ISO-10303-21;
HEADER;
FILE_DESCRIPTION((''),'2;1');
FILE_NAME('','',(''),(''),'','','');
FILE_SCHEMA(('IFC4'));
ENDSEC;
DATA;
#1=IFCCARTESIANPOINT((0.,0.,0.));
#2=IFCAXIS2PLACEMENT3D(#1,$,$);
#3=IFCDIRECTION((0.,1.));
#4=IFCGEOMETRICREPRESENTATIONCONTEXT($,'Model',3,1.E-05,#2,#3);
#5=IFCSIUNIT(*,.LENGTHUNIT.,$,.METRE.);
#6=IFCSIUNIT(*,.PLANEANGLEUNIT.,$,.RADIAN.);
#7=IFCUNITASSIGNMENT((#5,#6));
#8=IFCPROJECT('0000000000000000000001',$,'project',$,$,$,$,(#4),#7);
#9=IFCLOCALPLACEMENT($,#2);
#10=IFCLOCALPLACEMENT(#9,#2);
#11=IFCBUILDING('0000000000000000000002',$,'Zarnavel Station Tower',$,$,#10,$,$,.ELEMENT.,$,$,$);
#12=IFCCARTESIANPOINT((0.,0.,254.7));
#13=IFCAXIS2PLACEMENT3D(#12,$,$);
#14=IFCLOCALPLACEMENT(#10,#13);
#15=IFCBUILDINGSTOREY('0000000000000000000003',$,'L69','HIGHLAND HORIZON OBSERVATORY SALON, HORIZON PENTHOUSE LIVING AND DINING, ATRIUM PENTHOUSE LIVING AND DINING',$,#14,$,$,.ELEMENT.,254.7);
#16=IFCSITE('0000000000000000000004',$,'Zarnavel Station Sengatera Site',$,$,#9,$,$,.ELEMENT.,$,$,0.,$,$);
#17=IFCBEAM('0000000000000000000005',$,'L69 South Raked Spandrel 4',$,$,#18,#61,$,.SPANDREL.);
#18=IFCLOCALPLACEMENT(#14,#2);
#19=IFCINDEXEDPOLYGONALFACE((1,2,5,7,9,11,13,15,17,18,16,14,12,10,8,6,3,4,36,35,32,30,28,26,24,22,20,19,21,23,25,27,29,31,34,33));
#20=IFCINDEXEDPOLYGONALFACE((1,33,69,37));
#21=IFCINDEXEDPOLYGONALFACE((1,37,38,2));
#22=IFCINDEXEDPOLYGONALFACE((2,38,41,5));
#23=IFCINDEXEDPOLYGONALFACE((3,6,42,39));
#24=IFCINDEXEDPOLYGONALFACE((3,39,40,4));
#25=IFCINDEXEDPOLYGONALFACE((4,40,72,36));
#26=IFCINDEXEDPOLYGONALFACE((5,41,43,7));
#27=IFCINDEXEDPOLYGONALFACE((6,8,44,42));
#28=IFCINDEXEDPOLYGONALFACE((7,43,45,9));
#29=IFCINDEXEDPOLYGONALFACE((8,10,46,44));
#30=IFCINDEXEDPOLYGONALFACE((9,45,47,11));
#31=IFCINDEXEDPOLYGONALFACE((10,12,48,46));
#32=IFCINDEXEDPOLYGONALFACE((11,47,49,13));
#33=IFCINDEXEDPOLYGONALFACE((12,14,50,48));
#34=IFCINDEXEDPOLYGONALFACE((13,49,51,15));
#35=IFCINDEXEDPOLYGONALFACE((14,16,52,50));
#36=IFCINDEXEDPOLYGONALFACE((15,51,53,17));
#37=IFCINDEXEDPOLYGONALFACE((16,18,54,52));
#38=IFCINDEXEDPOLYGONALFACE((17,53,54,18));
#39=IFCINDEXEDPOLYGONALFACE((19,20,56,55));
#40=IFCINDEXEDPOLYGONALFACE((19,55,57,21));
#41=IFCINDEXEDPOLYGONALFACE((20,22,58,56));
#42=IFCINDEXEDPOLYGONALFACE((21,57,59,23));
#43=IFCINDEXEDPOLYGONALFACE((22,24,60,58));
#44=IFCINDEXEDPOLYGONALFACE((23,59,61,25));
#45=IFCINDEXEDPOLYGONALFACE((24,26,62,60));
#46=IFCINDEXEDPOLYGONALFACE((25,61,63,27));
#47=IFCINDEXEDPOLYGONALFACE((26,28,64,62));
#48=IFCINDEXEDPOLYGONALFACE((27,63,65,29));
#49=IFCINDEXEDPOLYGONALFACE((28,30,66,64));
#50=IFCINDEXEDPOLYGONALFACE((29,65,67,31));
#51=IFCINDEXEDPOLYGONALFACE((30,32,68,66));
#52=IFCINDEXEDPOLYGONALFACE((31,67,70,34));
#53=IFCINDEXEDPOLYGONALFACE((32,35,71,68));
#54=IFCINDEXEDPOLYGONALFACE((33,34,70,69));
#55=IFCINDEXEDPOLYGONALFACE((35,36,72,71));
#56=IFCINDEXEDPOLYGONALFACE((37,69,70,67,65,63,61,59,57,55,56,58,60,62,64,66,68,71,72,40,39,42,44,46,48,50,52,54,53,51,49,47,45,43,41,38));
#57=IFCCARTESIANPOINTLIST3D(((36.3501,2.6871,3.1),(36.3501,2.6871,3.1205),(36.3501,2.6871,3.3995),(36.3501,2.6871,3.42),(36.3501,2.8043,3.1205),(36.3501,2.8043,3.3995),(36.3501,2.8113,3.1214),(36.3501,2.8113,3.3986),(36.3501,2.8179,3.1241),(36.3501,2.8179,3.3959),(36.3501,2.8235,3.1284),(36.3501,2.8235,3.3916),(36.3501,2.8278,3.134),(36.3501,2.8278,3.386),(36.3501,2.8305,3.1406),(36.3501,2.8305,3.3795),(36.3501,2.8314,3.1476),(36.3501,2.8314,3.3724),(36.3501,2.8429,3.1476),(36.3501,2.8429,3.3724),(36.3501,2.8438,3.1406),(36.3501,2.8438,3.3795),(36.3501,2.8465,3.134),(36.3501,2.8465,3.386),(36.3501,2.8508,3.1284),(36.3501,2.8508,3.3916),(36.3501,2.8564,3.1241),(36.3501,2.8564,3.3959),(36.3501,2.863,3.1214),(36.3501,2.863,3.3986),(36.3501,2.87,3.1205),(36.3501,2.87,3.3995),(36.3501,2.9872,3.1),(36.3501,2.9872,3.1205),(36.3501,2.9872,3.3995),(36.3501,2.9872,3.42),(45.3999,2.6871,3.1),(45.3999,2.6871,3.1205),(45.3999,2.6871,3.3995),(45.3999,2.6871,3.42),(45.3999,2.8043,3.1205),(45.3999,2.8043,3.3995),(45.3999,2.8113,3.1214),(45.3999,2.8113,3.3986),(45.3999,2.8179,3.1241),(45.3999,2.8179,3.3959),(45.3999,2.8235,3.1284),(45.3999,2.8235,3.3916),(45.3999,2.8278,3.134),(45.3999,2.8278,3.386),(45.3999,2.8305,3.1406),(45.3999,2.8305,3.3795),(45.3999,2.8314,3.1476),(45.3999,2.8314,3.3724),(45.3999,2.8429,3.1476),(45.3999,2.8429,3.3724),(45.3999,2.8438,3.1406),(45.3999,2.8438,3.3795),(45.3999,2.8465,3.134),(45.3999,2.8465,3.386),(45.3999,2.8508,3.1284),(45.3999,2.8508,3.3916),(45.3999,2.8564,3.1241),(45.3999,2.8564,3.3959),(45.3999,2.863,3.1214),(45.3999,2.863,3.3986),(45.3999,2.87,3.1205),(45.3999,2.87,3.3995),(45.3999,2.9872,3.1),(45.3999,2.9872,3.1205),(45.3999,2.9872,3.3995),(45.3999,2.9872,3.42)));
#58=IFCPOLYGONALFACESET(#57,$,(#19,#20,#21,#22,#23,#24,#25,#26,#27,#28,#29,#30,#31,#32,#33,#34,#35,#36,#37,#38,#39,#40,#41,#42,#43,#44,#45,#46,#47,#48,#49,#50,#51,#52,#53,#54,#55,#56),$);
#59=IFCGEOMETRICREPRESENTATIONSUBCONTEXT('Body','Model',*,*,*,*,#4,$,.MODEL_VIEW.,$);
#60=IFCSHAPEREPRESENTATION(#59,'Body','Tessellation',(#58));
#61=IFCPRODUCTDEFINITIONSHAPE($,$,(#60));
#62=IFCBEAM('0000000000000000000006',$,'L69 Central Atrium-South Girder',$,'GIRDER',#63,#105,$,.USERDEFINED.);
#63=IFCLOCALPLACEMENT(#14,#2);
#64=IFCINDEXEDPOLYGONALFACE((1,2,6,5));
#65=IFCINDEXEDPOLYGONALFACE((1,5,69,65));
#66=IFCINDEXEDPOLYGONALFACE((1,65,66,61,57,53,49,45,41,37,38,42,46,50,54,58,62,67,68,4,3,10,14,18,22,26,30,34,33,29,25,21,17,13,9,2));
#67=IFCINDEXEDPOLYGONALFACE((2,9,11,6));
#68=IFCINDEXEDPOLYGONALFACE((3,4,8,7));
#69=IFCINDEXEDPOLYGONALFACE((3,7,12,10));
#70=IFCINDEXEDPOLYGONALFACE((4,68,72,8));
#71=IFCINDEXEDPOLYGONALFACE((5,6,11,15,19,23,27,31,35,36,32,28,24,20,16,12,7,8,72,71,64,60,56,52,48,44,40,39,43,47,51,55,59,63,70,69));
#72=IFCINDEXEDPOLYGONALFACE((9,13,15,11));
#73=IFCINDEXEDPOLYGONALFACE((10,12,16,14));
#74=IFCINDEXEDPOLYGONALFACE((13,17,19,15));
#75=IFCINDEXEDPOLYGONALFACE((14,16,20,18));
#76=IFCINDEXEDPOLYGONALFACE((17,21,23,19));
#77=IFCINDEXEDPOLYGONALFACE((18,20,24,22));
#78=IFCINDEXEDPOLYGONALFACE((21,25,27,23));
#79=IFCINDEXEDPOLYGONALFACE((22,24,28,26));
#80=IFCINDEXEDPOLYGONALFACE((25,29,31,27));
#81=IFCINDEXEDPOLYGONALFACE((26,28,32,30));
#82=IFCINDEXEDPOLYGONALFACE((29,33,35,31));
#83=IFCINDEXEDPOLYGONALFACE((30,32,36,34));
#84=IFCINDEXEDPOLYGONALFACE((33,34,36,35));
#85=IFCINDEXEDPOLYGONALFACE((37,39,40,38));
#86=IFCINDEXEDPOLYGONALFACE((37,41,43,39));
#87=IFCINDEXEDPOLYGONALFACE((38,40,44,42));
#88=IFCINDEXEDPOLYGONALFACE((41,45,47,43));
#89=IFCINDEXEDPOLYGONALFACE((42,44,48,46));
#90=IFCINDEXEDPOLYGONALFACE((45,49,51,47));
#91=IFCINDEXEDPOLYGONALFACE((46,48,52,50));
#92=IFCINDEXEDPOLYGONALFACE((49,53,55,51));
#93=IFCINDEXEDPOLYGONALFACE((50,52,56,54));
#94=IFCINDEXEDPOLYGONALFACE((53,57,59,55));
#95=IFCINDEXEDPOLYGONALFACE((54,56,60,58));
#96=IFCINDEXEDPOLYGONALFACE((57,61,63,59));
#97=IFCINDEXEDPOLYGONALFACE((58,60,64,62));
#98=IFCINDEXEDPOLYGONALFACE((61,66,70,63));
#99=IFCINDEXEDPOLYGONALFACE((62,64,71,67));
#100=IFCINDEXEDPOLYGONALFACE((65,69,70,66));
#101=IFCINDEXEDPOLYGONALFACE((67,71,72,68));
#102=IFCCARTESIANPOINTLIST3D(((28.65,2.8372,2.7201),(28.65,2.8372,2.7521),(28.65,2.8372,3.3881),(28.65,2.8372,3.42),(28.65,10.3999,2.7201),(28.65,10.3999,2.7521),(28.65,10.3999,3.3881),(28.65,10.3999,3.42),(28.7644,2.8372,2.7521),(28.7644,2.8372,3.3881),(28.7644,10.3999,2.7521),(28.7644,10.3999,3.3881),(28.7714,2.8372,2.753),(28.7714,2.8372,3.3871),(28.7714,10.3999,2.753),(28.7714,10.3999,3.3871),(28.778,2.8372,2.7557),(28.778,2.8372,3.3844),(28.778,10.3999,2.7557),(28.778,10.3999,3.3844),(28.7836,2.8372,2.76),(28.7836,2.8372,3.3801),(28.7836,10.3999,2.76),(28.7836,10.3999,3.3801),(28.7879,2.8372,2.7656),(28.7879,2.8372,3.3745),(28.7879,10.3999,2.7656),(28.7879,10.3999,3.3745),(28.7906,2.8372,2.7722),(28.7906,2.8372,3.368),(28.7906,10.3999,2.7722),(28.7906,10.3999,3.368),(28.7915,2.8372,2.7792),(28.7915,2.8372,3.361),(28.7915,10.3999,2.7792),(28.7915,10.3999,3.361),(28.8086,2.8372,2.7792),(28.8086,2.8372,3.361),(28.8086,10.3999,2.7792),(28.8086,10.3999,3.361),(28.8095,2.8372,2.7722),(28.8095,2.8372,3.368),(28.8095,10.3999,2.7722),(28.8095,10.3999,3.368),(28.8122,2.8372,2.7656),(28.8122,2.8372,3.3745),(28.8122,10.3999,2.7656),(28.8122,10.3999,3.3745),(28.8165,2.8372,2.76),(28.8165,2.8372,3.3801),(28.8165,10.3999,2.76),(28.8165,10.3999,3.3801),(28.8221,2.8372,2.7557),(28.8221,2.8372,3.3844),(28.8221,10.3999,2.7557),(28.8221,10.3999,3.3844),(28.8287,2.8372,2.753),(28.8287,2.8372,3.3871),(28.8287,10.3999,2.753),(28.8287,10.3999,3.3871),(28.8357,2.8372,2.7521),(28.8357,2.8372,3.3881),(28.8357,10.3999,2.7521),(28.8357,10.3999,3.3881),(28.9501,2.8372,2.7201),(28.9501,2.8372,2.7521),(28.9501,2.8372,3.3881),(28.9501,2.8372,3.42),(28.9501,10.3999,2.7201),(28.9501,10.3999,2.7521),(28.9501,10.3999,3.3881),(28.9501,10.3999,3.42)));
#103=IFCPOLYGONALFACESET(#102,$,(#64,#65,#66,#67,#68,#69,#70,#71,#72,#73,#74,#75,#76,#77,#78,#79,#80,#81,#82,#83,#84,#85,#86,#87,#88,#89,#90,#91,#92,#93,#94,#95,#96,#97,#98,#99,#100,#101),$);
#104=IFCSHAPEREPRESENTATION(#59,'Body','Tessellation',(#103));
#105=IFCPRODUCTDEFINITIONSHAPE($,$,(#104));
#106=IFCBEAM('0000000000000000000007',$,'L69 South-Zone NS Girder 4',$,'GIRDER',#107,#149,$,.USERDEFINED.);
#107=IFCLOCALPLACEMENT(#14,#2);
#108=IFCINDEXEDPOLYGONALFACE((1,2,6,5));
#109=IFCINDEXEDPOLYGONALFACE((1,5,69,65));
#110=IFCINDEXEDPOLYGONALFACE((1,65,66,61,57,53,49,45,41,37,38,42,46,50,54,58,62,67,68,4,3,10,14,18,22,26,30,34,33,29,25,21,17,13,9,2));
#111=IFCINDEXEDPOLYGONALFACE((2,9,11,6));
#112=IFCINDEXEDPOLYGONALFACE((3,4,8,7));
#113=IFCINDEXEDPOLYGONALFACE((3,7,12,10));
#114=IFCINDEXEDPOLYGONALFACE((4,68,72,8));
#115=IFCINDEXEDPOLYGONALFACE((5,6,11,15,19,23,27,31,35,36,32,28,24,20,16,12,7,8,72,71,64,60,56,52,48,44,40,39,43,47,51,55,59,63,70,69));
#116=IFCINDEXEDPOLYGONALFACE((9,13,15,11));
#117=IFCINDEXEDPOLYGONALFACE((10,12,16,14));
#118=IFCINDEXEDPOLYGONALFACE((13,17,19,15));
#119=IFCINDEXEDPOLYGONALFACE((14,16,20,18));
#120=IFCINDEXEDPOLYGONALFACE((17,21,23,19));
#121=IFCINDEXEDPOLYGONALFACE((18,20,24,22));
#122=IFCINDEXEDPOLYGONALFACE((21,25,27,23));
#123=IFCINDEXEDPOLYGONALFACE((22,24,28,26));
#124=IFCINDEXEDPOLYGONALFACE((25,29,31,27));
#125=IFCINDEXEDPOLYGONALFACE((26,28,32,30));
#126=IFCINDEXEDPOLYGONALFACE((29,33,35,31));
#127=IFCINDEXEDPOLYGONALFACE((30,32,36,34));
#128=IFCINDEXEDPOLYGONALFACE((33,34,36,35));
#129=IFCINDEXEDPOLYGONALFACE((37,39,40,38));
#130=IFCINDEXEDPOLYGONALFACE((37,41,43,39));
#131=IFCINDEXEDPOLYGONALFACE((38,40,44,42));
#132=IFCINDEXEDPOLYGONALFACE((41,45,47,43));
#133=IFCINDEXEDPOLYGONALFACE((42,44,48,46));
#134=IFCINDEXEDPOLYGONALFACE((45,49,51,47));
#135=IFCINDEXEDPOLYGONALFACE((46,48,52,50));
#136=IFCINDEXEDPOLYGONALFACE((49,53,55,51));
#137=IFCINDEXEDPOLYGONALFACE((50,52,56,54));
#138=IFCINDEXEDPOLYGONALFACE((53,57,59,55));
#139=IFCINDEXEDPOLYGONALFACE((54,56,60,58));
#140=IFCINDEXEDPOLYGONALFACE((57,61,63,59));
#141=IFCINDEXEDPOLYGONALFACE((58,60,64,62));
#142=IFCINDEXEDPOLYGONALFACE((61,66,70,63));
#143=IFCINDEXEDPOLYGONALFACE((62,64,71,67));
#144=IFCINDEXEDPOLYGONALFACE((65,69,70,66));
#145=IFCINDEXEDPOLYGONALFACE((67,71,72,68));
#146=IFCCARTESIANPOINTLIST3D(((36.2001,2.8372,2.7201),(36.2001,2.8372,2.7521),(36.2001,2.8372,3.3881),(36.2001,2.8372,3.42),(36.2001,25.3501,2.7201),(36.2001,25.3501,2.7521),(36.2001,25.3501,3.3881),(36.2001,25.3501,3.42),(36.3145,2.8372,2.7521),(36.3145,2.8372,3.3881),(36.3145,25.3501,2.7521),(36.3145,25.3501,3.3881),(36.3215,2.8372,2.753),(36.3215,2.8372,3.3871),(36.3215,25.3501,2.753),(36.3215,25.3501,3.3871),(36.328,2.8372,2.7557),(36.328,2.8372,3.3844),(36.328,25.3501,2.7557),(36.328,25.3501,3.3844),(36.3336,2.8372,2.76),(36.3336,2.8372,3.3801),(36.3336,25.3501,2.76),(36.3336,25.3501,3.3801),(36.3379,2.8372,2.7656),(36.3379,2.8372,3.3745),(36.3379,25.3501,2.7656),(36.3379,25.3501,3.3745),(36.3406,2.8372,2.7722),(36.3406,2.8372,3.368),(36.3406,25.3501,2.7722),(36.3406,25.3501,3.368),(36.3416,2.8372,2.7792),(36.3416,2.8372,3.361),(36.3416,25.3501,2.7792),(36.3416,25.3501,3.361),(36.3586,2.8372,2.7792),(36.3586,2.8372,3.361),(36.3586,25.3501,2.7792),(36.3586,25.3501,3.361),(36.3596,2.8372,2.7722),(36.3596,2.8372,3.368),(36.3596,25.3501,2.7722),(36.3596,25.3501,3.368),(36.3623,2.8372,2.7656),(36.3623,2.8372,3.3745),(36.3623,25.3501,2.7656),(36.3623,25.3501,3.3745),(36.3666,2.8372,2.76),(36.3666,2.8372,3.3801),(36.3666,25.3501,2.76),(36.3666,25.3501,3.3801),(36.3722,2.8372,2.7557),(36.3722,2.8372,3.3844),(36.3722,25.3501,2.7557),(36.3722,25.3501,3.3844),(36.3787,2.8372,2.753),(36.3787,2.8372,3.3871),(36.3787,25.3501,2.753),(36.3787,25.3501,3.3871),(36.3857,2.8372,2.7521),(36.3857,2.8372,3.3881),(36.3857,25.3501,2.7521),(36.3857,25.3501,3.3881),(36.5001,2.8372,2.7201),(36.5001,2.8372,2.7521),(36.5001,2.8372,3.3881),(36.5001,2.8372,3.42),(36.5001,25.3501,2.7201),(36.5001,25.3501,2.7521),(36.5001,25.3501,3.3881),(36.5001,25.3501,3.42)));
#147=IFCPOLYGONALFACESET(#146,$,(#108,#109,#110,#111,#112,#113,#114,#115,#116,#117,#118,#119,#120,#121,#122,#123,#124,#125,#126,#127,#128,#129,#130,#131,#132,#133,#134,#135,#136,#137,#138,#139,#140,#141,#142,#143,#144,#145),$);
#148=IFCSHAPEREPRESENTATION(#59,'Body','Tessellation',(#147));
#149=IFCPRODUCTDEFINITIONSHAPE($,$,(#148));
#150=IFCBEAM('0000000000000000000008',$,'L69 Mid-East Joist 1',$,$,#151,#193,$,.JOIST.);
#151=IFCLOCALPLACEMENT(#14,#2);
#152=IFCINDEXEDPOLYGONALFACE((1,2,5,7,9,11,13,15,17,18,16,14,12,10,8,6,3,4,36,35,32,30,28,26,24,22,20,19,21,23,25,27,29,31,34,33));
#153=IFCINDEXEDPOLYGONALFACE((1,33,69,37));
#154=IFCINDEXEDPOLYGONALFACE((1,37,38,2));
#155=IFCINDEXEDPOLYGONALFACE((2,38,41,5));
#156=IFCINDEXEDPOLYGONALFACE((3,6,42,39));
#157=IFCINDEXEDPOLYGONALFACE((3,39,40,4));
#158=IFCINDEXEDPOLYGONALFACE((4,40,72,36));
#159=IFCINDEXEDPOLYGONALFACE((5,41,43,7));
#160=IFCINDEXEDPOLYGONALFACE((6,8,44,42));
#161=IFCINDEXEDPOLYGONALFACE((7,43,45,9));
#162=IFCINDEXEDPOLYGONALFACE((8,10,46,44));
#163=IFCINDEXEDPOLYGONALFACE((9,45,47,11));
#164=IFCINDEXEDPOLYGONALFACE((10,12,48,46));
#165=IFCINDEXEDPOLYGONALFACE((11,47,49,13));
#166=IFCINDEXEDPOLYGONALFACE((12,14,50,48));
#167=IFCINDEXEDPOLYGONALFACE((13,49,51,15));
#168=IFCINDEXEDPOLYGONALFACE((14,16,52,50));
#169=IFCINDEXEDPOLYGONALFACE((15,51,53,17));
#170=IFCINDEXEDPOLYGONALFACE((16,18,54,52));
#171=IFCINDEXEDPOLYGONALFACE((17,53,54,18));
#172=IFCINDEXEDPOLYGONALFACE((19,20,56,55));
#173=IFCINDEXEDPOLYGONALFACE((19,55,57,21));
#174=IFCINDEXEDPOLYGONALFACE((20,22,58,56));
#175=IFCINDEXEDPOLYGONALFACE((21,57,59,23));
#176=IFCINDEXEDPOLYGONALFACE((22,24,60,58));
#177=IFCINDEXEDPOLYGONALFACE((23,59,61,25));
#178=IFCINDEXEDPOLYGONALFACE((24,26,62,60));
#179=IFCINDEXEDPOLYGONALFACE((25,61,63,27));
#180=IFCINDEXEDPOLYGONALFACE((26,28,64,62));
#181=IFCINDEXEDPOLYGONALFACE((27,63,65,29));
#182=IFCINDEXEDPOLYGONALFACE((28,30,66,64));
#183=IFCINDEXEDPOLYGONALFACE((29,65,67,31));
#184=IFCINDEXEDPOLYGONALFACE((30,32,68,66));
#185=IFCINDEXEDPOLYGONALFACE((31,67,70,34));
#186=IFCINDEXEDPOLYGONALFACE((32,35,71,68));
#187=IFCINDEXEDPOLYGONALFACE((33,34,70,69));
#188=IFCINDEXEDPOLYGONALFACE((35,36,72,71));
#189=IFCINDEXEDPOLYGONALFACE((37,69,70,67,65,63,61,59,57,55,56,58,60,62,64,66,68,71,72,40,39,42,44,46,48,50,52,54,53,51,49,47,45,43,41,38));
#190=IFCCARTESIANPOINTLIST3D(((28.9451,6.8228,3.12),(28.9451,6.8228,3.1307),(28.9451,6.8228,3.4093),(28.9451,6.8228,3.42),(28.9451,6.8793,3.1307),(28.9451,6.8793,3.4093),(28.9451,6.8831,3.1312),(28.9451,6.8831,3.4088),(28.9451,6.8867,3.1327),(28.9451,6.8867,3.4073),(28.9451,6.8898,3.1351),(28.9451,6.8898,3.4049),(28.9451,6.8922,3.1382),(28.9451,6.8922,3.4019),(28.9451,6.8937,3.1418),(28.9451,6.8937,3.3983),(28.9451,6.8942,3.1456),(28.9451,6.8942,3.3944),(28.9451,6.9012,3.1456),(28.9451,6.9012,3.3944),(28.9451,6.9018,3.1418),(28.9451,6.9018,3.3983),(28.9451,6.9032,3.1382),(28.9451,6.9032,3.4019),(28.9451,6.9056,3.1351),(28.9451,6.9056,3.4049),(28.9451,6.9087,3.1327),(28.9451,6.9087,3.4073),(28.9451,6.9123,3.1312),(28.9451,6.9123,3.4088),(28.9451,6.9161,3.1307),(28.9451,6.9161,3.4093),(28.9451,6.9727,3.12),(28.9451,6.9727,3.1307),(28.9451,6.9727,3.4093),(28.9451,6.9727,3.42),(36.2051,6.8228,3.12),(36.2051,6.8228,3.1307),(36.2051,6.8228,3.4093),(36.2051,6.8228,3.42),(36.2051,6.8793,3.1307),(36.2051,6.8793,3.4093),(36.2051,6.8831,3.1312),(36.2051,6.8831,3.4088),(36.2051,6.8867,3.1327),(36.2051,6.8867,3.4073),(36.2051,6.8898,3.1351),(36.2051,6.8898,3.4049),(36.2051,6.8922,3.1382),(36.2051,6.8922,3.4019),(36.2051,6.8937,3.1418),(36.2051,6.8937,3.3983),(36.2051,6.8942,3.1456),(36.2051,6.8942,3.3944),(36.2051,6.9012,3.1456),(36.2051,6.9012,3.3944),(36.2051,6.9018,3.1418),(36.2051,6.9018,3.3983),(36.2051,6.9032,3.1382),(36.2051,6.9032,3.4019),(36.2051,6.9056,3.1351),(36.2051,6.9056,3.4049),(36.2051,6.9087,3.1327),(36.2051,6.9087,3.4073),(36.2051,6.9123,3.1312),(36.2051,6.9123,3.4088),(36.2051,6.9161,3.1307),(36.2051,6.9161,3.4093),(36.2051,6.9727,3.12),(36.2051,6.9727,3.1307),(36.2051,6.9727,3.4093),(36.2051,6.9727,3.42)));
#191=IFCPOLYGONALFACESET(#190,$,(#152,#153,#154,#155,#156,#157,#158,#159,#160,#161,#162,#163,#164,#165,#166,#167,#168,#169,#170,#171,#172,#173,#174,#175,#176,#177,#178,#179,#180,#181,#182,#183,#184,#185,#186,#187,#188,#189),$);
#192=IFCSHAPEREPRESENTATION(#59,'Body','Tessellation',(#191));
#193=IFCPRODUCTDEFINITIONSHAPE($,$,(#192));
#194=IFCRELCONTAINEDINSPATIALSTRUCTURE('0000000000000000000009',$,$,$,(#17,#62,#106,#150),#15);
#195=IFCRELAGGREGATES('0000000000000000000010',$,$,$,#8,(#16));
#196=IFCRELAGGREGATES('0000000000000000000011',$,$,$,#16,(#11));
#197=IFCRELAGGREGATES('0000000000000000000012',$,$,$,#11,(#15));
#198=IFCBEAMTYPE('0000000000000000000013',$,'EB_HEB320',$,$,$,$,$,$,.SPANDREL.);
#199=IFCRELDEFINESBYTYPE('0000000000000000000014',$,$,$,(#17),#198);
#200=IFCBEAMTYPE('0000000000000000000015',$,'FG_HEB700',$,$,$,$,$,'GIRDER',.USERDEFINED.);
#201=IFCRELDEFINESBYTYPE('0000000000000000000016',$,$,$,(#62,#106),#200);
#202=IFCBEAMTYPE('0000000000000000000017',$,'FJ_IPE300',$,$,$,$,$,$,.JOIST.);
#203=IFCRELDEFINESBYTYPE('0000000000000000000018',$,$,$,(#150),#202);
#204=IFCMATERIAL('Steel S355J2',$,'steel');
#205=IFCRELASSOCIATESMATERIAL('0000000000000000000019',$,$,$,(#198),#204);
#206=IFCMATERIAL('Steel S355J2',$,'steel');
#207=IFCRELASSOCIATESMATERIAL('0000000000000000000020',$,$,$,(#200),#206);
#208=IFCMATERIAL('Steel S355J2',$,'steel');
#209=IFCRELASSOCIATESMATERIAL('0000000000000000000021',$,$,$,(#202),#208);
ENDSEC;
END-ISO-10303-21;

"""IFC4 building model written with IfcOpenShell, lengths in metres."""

from ifc_helpers import new_model, si_unit, direction, frame, origin, origin_2d, place, context, subcontext, project, spatial, i_section, extrude, material, material_profile, profile_set, type_object, element, save


model = new_model("IFC4")

# Units and contexts
model_context = context("Model", 3, precision=1e-05, world=origin(), true_north=direction((0.0, 1.0)))
body_context = subcontext(model_context, "Body", "Model", "MODEL_VIEW")
ifc_project = project(units=[si_unit("LENGTHUNIT", "METRE"), si_unit("PLANEANGLEUNIT", "RADIAN")], contexts=[model_context])

# Site, building, storey
site_placement = place(None, origin())
site = spatial("IfcSite", under=ifc_project, at=site_placement, Name="Zarnavel Station Sengatera Site", CompositionType="ELEMENT", RefElevation=0.0)
building_placement = place(site_placement, origin())
building = spatial("IfcBuilding", under=site, at=building_placement, Name="Zarnavel Station Tower", CompositionType="ELEMENT")
storey_placement = place(building_placement, frame((0.0, 0.0, 254.7)))
storey = spatial("IfcBuildingStorey", under=building, at=storey_placement, Name="L69", Description="HIGHLAND HORIZON OBSERVATORY SALON, HORIZON PENTHOUSE LIVING AND DINING, ATRIUM PENTHOUSE LIVING AND DINING", CompositionType="ELEMENT", Elevation=254.7)

# Beams
ifc_material_1 = material(Name="Steel S355J2", Category="steel")
ifc_material_profile_1 = material_profile(ifc_material_1, i_section(OverallWidth=0.3, OverallDepth=0.3201, WebThickness=0.0115, FlangeThickness=0.0205, FilletRadius=0.0271, at=origin_2d()), Name="HEB320")
ifc_profile_set_1 = profile_set([ifc_material_profile_1], Name="Steel S355J2")
beam_type_1 = type_object("IfcBeamType", Name="EB_HEB320", PredefinedType="SPANDREL", material=ifc_profile_set_1)
beam_1_placement = place(storey_placement, frame((36.3501, 2.8372, 3.26), z_axis=(1.0, 0.0, 0.0), x_axis=(0.0, 1.0, 0.0)))
element("IfcBeam", 1, at=beam_1_placement, inside=storey, type_object=beam_type_1, Name="L69 South Raked Spandrel 4", PredefinedType="SPANDREL", context=body_context, shape_type="SweptSolid", body=[
    extrude(i_section(OverallWidth=0.3, OverallDepth=0.3201, WebThickness=0.0115, FlangeThickness=0.0205, FilletRadius=0.0271, at=origin_2d()), origin(), (0.0, 0.0, 1.0), 9.0498),
])
ifc_material_2 = material(Name="Steel S355J2", Category="steel")
ifc_material_profile_2 = material_profile(ifc_material_2, i_section(OverallWidth=0.3, OverallDepth=0.7, WebThickness=0.0171, FlangeThickness=0.032, FilletRadius=0.0271, at=origin_2d()), Name="HEB700")
ifc_profile_set_2 = profile_set([ifc_material_profile_2], Name="Steel S355J2")
beam_type_2 = type_object("IfcBeamType", Name="FG_HEB700", ElementType="GIRDER", PredefinedType="USERDEFINED", material=ifc_profile_set_2)
beam_2_placement = place(storey_placement, frame((28.8, 2.8372, 3.0701), z_axis=(0.0, 1.0, 0.0), x_axis=(-1.0, 0.0, 0.0)))
element("IfcBeam", 2, at=beam_2_placement, inside=storey, type_object=beam_type_2, Name="L69 Central Atrium-South Girder", ObjectType="GIRDER", PredefinedType="USERDEFINED", context=body_context, shape_type="SweptSolid", body=[
    extrude(i_section(OverallWidth=0.3, OverallDepth=0.7, WebThickness=0.0171, FlangeThickness=0.032, FilletRadius=0.0271, at=origin_2d()), origin(), (0.0, 0.0, 1.0), 7.5627),
])
beam_3_placement = place(storey_placement, frame((36.3501, 2.8372, 3.0701), z_axis=(0.0, 1.0, 0.0), x_axis=(-1.0, 0.0, 0.0)))
element("IfcBeam", 3, at=beam_3_placement, inside=storey, type_object=beam_type_2, Name="L69 South-Zone NS Girder 4", ObjectType="GIRDER", PredefinedType="USERDEFINED", context=body_context, shape_type="SweptSolid", body=[
    extrude(i_section(OverallWidth=0.3, OverallDepth=0.7, WebThickness=0.0171, FlangeThickness=0.032, FilletRadius=0.0271, at=origin_2d()), origin(), (0.0, 0.0, 1.0), 22.5129),
])
ifc_material_3 = material(Name="Steel S355J2", Category="steel")
ifc_material_profile_3 = material_profile(ifc_material_3, i_section(OverallWidth=0.1499, OverallDepth=0.3, WebThickness=0.0071, FlangeThickness=0.0107, FilletRadius=0.0149, at=origin_2d()), Name="IPE300")
ifc_profile_set_3 = profile_set([ifc_material_profile_3], Name="Steel S355J2")
beam_type_3 = type_object("IfcBeamType", Name="FJ_IPE300", PredefinedType="JOIST", material=ifc_profile_set_3)
beam_4_placement = place(storey_placement, frame((28.9451, 6.8977, 3.27), z_axis=(1.0, 0.0, 0.0), x_axis=(0.0, 1.0, 0.0)))
element("IfcBeam", 4, at=beam_4_placement, inside=storey, type_object=beam_type_3, Name="L69 Mid-East Joist 1", PredefinedType="JOIST", context=body_context, shape_type="SweptSolid", body=[
    extrude(i_section(OverallWidth=0.1499, OverallDepth=0.3, WebThickness=0.0071, FlangeThickness=0.0107, FilletRadius=0.0149, at=origin_2d()), origin(), (0.0, 0.0, 1.0), 7.26),
])

save(model, "model.ifc")
